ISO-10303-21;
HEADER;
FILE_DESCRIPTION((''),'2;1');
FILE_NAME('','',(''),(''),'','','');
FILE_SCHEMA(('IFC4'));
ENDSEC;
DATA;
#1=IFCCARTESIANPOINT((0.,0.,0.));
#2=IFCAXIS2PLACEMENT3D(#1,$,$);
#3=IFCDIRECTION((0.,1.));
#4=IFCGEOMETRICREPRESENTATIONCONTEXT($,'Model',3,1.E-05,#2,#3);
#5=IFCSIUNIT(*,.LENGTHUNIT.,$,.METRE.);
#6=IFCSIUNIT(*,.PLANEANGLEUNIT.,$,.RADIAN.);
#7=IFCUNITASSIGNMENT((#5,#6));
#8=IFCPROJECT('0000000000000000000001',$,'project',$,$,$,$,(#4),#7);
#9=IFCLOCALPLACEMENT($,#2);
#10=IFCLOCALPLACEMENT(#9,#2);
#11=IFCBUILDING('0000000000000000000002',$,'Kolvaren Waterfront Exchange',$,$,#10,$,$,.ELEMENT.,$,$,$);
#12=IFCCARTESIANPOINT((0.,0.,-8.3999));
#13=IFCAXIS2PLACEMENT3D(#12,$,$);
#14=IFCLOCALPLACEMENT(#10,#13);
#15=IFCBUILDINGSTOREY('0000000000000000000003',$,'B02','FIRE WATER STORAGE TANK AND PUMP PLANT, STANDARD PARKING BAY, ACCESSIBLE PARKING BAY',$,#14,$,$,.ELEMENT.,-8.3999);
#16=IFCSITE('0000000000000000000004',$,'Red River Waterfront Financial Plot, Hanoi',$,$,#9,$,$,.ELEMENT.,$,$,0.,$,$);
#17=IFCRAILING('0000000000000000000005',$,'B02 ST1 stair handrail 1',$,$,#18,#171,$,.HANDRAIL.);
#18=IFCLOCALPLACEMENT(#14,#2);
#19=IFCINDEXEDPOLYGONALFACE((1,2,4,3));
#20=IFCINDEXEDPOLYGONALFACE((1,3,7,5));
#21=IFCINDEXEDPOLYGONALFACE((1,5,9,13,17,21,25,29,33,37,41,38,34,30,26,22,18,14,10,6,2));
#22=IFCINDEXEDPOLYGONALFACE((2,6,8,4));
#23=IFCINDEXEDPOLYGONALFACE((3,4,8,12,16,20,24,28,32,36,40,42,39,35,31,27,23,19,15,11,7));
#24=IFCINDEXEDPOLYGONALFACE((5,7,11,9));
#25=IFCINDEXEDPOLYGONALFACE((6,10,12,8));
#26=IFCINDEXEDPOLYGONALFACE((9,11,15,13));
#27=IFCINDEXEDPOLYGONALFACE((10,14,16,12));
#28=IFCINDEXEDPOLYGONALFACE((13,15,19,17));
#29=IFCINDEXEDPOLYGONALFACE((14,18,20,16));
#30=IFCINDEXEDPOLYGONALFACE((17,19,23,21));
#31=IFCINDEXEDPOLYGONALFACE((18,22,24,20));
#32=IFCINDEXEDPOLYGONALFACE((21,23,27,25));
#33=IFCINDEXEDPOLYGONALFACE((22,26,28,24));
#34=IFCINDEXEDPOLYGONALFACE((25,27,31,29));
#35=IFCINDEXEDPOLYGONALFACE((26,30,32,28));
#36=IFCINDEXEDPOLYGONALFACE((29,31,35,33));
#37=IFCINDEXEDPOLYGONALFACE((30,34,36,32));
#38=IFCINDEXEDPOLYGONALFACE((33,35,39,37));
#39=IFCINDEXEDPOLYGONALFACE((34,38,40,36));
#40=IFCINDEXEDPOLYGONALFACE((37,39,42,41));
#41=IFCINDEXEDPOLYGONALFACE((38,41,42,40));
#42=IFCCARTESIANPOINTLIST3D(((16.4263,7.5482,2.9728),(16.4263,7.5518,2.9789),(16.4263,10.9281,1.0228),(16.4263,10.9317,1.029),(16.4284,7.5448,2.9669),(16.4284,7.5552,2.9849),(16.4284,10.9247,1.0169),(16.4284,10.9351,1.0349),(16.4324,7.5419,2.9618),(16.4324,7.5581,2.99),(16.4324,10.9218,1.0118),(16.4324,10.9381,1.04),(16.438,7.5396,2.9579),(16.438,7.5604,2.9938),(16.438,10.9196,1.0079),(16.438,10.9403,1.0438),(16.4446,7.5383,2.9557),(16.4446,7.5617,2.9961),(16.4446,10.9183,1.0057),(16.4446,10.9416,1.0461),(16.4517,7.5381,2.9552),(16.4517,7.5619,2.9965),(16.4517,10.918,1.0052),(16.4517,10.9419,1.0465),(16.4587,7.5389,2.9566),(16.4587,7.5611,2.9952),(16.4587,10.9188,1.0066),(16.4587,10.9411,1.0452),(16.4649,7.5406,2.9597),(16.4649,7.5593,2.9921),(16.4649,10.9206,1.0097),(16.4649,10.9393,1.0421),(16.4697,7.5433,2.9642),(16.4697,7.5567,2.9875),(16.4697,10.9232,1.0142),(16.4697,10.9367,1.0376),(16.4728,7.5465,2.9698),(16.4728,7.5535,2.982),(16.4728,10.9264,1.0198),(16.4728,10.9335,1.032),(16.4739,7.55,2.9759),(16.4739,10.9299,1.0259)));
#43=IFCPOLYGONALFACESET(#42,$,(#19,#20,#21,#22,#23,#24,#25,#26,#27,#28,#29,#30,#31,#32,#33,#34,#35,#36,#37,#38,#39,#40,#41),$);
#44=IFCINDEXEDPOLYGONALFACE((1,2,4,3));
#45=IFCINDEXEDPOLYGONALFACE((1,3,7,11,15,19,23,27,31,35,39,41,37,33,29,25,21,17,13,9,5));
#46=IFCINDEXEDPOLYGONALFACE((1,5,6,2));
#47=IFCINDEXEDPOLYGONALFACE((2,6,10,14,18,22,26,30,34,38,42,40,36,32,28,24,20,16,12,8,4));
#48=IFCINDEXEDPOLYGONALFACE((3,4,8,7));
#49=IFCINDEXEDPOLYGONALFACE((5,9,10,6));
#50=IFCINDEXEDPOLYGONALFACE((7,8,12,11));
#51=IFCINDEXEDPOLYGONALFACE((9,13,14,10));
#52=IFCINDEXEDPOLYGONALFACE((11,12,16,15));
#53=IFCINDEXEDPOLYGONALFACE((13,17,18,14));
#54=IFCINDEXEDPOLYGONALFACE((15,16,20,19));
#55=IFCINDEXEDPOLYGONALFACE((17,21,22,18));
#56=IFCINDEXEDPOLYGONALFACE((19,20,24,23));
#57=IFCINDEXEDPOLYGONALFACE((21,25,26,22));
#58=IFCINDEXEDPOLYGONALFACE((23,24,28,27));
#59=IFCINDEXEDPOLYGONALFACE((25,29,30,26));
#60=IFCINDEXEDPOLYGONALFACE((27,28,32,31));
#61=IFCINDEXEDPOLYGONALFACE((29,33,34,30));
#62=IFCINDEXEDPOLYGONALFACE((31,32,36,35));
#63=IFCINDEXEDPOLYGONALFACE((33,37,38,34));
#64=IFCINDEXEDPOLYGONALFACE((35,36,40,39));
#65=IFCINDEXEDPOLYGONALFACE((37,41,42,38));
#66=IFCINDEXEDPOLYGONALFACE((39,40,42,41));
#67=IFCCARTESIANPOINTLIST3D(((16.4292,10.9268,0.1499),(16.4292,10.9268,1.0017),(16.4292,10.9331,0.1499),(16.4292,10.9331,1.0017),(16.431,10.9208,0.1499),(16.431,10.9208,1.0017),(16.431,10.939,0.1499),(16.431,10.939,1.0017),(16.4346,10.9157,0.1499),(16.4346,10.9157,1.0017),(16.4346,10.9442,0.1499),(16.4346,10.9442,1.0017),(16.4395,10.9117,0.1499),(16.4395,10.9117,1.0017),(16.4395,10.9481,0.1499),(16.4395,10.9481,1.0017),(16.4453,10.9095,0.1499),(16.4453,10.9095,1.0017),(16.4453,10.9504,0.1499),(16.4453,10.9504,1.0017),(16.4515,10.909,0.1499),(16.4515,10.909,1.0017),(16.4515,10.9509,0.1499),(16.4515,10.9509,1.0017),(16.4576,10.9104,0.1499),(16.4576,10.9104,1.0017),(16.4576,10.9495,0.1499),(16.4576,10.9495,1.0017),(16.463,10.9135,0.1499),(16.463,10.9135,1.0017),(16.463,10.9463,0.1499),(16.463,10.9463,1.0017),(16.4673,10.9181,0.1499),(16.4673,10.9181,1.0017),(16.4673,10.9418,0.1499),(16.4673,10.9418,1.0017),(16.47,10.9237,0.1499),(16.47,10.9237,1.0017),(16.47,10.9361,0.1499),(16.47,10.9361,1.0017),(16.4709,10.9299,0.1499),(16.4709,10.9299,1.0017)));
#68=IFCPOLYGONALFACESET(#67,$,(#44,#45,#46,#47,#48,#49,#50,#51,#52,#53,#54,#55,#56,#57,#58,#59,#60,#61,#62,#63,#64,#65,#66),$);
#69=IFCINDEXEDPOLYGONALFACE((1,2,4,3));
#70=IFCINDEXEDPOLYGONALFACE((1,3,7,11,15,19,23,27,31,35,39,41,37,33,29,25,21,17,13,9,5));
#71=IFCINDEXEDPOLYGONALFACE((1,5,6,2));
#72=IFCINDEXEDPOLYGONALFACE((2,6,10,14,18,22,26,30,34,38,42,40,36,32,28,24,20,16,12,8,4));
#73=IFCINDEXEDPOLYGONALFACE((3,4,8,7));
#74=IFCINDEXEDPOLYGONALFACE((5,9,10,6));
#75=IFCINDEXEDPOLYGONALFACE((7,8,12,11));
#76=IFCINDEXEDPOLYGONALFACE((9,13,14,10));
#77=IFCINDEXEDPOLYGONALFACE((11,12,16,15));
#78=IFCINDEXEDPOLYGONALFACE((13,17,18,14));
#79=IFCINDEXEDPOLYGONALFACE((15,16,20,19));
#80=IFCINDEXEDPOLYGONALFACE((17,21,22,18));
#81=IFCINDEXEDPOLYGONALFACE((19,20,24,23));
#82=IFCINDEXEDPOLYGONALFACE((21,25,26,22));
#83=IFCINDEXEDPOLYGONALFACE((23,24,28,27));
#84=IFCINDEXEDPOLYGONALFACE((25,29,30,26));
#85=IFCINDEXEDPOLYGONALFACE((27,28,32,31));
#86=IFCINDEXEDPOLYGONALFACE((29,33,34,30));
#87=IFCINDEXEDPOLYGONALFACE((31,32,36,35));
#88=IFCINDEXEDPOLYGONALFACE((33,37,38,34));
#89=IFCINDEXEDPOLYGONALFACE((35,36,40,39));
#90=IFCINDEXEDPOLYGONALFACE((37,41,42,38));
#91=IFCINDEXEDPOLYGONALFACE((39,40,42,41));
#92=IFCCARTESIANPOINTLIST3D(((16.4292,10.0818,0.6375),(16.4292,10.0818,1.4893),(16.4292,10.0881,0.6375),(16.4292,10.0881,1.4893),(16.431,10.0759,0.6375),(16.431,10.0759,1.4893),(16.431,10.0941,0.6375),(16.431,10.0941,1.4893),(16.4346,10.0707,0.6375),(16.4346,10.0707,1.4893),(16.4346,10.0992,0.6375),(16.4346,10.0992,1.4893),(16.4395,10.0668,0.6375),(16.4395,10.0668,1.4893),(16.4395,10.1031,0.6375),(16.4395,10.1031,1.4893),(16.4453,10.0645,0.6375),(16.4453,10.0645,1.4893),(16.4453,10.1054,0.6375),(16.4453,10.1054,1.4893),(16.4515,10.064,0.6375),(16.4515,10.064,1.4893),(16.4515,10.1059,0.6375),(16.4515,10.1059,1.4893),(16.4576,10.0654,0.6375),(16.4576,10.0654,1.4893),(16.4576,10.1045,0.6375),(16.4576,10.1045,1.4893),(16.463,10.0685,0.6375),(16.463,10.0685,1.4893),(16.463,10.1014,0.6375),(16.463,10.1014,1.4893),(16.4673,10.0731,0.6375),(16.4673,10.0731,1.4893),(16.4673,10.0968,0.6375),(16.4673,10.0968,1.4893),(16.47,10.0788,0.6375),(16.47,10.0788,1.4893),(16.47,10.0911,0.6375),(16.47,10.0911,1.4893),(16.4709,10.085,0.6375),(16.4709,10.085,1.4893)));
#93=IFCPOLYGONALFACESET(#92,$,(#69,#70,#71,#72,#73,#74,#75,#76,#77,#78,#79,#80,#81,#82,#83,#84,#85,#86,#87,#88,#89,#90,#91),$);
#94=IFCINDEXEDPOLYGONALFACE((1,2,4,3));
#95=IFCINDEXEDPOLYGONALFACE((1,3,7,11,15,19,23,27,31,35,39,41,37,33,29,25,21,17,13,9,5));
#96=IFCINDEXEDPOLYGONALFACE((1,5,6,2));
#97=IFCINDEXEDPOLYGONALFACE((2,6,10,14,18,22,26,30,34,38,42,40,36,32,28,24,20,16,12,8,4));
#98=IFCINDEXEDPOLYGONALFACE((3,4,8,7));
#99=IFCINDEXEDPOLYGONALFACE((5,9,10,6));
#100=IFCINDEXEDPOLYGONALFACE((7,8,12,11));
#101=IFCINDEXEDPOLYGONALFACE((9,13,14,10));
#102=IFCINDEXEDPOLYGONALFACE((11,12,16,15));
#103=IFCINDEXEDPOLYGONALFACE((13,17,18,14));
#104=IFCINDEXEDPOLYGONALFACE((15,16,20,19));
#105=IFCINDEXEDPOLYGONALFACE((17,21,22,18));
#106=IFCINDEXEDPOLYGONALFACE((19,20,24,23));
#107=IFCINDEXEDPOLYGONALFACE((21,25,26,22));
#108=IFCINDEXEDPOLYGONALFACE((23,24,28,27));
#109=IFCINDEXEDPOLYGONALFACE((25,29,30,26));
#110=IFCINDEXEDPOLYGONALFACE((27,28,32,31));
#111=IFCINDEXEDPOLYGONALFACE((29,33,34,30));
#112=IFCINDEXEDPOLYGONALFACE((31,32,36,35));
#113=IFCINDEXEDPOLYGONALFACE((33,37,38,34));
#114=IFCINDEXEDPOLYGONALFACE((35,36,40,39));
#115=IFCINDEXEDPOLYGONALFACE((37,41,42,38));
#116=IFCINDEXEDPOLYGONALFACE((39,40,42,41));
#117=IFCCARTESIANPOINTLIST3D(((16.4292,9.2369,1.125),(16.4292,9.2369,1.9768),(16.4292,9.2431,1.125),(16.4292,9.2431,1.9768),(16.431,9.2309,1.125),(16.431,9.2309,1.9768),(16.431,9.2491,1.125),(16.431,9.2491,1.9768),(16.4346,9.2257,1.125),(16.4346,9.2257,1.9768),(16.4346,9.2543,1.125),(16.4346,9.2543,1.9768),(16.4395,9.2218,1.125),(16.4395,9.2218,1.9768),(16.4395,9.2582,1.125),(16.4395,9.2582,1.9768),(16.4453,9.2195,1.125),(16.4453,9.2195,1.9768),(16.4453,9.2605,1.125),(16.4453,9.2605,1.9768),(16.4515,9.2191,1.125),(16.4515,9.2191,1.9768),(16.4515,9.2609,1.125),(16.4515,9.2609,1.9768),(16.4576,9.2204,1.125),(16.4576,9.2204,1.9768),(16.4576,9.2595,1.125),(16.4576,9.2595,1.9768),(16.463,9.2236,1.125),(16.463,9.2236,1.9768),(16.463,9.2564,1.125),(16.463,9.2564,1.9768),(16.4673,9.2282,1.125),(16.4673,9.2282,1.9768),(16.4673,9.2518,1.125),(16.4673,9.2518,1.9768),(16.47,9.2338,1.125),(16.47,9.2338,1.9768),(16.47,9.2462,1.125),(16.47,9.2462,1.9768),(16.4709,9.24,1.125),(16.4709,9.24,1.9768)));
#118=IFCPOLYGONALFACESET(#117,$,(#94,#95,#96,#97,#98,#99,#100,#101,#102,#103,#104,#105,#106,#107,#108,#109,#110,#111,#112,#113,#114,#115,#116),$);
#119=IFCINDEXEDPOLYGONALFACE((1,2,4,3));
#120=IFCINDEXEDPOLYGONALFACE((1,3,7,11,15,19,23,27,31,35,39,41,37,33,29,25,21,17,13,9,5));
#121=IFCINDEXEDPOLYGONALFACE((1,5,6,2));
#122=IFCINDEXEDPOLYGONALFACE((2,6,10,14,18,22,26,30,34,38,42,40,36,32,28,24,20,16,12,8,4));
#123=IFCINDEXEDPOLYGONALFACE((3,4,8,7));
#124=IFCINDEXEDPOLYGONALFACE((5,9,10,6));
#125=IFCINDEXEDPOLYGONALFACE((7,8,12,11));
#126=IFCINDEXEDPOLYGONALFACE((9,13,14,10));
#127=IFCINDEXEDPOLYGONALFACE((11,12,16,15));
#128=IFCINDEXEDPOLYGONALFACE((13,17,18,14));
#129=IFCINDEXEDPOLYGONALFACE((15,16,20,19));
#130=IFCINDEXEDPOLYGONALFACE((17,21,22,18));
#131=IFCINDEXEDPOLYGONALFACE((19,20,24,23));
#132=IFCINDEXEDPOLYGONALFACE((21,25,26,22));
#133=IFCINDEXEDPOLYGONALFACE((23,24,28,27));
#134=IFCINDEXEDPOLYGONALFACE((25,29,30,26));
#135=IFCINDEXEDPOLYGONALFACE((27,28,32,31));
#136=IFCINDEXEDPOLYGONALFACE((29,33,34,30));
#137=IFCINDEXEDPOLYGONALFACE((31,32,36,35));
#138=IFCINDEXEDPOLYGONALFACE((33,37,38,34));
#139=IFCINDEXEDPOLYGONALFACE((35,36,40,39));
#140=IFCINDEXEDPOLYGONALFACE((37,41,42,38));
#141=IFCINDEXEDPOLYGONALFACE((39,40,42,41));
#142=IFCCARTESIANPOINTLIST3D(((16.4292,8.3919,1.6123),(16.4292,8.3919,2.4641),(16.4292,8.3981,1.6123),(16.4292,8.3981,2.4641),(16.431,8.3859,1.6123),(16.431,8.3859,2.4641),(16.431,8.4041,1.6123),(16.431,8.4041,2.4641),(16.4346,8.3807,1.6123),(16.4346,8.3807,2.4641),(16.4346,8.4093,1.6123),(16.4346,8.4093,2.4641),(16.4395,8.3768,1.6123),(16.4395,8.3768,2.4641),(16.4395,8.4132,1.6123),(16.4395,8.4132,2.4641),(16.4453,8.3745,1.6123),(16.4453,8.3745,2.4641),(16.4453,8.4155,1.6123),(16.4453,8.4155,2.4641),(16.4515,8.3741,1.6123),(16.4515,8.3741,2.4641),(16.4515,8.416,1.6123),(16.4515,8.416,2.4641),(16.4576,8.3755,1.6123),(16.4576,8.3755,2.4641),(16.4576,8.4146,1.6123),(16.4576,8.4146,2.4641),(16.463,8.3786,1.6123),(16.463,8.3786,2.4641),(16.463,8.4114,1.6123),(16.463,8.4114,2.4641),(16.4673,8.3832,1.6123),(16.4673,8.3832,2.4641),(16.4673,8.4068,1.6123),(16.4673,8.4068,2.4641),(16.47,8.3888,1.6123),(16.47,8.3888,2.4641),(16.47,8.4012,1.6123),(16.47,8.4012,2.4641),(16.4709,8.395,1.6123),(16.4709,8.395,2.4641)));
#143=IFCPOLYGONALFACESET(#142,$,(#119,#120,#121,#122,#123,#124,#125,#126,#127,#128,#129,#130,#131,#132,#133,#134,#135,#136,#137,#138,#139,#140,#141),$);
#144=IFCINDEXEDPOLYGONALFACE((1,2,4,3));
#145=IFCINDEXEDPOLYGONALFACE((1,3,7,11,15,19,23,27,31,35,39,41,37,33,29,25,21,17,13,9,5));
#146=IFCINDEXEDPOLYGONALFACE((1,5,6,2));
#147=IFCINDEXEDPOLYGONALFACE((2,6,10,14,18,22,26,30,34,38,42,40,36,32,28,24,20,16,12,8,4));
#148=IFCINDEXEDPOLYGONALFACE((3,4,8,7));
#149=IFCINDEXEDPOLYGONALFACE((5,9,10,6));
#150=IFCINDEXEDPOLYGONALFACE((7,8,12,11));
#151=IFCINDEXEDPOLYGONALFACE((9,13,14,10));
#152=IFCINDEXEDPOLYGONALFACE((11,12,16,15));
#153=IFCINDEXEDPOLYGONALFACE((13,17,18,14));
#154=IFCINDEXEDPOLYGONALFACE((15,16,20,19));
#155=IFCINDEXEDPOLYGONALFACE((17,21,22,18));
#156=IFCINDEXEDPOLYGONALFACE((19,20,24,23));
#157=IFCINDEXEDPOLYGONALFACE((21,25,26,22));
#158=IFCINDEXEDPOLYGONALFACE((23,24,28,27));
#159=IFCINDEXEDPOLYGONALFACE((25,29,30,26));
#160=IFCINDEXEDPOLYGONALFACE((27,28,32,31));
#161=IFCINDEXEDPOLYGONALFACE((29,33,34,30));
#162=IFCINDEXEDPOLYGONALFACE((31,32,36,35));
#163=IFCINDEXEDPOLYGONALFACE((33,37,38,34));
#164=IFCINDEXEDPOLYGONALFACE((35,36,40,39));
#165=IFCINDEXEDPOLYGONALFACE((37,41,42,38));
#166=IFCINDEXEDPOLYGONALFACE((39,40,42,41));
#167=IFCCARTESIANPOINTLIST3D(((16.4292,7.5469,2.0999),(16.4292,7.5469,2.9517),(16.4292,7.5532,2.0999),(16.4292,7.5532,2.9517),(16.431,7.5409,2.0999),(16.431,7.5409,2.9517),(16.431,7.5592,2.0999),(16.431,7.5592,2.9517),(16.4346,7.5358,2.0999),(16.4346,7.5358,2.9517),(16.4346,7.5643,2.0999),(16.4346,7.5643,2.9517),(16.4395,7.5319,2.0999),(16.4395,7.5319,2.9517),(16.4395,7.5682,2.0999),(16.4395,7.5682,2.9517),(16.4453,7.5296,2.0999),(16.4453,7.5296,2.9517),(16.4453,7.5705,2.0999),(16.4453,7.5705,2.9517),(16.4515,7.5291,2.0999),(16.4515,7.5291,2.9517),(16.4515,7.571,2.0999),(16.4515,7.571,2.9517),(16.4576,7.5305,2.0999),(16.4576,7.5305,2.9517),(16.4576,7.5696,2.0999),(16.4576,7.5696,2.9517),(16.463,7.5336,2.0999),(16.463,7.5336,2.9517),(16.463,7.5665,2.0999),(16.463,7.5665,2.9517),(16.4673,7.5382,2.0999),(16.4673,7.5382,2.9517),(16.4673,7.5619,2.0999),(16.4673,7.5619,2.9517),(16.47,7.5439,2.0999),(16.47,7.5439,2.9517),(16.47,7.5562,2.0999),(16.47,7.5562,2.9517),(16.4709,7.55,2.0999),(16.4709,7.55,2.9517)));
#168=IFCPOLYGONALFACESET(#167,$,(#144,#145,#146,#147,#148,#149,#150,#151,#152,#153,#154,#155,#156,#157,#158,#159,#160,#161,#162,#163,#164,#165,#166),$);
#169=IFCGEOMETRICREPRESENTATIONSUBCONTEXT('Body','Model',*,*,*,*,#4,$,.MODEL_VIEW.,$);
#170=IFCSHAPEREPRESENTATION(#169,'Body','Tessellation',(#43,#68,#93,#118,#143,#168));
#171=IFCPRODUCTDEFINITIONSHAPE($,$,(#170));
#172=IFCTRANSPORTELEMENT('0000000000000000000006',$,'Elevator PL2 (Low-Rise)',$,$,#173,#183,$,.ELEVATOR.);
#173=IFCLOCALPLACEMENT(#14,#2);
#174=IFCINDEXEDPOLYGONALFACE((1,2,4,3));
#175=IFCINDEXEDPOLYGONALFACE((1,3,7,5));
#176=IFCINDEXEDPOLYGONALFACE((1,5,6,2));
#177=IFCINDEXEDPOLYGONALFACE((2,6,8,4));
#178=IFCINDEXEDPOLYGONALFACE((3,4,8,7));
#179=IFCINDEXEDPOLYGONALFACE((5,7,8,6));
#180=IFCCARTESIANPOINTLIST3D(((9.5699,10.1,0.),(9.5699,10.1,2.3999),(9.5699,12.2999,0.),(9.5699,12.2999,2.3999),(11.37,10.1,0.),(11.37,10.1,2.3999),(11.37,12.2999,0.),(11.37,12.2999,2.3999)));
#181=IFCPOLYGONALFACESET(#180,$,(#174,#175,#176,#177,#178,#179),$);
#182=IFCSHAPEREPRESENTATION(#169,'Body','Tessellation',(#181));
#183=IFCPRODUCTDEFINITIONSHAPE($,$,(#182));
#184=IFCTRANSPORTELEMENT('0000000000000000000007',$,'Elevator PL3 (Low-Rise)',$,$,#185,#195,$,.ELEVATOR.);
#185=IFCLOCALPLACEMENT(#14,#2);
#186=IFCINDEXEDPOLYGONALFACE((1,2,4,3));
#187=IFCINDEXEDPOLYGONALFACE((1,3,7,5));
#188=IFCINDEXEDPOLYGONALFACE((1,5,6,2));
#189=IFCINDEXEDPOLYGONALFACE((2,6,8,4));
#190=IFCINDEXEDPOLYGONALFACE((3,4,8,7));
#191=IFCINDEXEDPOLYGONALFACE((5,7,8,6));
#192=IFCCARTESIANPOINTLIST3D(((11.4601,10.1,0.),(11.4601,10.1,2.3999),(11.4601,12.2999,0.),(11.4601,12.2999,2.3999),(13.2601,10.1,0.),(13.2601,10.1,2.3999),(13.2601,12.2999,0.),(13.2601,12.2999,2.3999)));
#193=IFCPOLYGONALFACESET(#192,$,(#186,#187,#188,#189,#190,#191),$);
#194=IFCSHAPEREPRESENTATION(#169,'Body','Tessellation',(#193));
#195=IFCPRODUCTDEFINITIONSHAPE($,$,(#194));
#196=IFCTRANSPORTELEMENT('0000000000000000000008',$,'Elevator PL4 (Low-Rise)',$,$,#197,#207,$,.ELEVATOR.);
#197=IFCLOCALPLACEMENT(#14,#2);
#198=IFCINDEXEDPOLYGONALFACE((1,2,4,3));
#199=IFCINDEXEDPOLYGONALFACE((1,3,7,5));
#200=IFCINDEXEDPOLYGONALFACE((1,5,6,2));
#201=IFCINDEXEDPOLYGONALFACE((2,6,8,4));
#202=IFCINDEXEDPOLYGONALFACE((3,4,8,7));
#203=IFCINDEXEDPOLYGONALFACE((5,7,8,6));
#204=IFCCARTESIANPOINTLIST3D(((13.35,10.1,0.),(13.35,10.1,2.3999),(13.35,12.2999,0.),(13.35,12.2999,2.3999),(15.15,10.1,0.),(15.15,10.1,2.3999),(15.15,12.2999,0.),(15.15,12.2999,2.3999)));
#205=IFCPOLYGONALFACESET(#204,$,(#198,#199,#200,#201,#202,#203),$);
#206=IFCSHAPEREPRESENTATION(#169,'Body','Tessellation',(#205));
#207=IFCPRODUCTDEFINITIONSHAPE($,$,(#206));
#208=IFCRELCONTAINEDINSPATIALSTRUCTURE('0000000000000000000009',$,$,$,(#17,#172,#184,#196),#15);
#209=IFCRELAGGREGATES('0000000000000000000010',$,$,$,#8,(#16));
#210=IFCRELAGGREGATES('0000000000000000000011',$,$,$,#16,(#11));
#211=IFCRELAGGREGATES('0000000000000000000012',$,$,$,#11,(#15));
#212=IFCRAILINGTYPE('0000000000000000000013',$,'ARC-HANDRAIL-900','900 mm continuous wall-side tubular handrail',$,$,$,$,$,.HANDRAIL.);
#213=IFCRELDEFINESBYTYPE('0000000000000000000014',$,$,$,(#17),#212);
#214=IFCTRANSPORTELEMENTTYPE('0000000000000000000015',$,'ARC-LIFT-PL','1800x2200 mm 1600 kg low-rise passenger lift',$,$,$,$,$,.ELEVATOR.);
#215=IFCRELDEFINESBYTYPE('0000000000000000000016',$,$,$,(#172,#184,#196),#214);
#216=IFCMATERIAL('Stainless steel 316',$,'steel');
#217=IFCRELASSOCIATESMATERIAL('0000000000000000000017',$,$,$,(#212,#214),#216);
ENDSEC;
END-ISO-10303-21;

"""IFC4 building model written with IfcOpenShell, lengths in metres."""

from ifc_helpers import new_model, si_unit, direction, frame, origin, origin_2d, place, context, subcontext, project, spatial, rectangle, circle, extrude, material, type_object, element, save


model = new_model("IFC4")

# Units and contexts
model_context = context("Model", 3, precision=1e-05, world=origin(), true_north=direction((0.0, 1.0)))
body_context = subcontext(model_context, "Body", "Model", "MODEL_VIEW")
ifc_project = project(units=[si_unit("LENGTHUNIT", "METRE"), si_unit("PLANEANGLEUNIT", "RADIAN")], contexts=[model_context])

# Site, building, storey
site_placement = place(None, origin())
site = spatial("IfcSite", under=ifc_project, at=site_placement, Name="Red River Waterfront Financial Plot, Hanoi", CompositionType="ELEMENT", RefElevation=0.0)
building_placement = place(site_placement, origin())
building = spatial("IfcBuilding", under=site, at=building_placement, Name="Kolvaren Waterfront Exchange", CompositionType="ELEMENT")
storey_placement = place(building_placement, frame((0.0, 0.0, -8.3999)))
storey = spatial("IfcBuildingStorey", under=building, at=storey_placement, Name="B02", Description="FIRE WATER STORAGE TANK AND PUMP PLANT, STANDARD PARKING BAY, ACCESSIBLE PARKING BAY", CompositionType="ELEMENT", Elevation=-8.3999)

# Railing
ifc_material_1 = material(Name="Stainless steel 316", Category="steel")
railing_type_1 = type_object("IfcRailingType", Name="ARC-HANDRAIL-900", Description="900 mm continuous wall-side tubular handrail", PredefinedType="HANDRAIL", material=ifc_material_1)
railing_1_placement = place(storey_placement, frame((16.45, 10.9299, 0.1499)))
element("IfcRailing", 1, at=railing_1_placement, inside=storey, type_object=railing_type_1, Name="B02 ST1 stair handrail 1", PredefinedType="HANDRAIL", context=body_context, shape_type="SweptSolid", body=[
    extrude(circle(Radius=0.0239, at=origin_2d()), frame((0.0, 0.0, 0.876), z_axis=(0.0, -0.866184, 0.499726), x_axis=(1.0, 0.0, 0.0)), (0.0, 0.0, 1.0), 3.9021),
    extrude(circle(Radius=0.021, at=origin_2d()), origin(), (0.0, 0.0, 1.0), 0.8518),
    extrude(circle(Radius=0.021, at=origin_2d()), frame((0.0, -0.845, 0.4875)), (0.0, 0.0, 1.0), 0.8518),
    extrude(circle(Radius=0.021, at=origin_2d()), frame((0.0, -1.6899, 0.9751)), (0.0, 0.0, 1.0), 0.8518),
    extrude(circle(Radius=0.021, at=origin_2d()), frame((0.0, -2.5349, 1.4624)), (0.0, 0.0, 1.0), 0.8518),
    extrude(circle(Radius=0.021, at=origin_2d()), frame((0.0, -3.3799, 1.95)), (0.0, 0.0, 1.0), 0.8518),
])

# Transport elements
transport_element_type = type_object("IfcTransportElementType", Name="ARC-LIFT-PL", Description="1800x2200 mm 1600 kg low-rise passenger lift", PredefinedType="ELEVATOR", material=ifc_material_1)
for number, where, z_axis, x_axis, name in (
    (2, (10.47, 11.2, 0.0), (0.0, 0.0, 1.0), (1.0, 0.0, 0.0), "Elevator PL2 (Low-Rise)"),
    (3, (12.3601, 11.2, 0.0), (0.0, 0.0, 1.0), (1.0, 0.0, 0.0), "Elevator PL3 (Low-Rise)"),
    (4, (14.25, 11.2, 0.0), (0.0, 0.0, 1.0), (1.0, 0.0, 0.0), "Elevator PL4 (Low-Rise)"),
):
    element("IfcTransportElement", number, at=place(storey_placement, frame(where, z_axis=z_axis, x_axis=x_axis)), inside=storey, type_object=transport_element_type, Name=name, PredefinedType="ELEVATOR", context=body_context, shape_type="SweptSolid", body=[
        extrude(rectangle(XDim=1.8, YDim=2.2, at=origin_2d()), origin(), (0.0, 0.0, 1.0), 2.3999),
    ])

save(model, "model.ifc")
